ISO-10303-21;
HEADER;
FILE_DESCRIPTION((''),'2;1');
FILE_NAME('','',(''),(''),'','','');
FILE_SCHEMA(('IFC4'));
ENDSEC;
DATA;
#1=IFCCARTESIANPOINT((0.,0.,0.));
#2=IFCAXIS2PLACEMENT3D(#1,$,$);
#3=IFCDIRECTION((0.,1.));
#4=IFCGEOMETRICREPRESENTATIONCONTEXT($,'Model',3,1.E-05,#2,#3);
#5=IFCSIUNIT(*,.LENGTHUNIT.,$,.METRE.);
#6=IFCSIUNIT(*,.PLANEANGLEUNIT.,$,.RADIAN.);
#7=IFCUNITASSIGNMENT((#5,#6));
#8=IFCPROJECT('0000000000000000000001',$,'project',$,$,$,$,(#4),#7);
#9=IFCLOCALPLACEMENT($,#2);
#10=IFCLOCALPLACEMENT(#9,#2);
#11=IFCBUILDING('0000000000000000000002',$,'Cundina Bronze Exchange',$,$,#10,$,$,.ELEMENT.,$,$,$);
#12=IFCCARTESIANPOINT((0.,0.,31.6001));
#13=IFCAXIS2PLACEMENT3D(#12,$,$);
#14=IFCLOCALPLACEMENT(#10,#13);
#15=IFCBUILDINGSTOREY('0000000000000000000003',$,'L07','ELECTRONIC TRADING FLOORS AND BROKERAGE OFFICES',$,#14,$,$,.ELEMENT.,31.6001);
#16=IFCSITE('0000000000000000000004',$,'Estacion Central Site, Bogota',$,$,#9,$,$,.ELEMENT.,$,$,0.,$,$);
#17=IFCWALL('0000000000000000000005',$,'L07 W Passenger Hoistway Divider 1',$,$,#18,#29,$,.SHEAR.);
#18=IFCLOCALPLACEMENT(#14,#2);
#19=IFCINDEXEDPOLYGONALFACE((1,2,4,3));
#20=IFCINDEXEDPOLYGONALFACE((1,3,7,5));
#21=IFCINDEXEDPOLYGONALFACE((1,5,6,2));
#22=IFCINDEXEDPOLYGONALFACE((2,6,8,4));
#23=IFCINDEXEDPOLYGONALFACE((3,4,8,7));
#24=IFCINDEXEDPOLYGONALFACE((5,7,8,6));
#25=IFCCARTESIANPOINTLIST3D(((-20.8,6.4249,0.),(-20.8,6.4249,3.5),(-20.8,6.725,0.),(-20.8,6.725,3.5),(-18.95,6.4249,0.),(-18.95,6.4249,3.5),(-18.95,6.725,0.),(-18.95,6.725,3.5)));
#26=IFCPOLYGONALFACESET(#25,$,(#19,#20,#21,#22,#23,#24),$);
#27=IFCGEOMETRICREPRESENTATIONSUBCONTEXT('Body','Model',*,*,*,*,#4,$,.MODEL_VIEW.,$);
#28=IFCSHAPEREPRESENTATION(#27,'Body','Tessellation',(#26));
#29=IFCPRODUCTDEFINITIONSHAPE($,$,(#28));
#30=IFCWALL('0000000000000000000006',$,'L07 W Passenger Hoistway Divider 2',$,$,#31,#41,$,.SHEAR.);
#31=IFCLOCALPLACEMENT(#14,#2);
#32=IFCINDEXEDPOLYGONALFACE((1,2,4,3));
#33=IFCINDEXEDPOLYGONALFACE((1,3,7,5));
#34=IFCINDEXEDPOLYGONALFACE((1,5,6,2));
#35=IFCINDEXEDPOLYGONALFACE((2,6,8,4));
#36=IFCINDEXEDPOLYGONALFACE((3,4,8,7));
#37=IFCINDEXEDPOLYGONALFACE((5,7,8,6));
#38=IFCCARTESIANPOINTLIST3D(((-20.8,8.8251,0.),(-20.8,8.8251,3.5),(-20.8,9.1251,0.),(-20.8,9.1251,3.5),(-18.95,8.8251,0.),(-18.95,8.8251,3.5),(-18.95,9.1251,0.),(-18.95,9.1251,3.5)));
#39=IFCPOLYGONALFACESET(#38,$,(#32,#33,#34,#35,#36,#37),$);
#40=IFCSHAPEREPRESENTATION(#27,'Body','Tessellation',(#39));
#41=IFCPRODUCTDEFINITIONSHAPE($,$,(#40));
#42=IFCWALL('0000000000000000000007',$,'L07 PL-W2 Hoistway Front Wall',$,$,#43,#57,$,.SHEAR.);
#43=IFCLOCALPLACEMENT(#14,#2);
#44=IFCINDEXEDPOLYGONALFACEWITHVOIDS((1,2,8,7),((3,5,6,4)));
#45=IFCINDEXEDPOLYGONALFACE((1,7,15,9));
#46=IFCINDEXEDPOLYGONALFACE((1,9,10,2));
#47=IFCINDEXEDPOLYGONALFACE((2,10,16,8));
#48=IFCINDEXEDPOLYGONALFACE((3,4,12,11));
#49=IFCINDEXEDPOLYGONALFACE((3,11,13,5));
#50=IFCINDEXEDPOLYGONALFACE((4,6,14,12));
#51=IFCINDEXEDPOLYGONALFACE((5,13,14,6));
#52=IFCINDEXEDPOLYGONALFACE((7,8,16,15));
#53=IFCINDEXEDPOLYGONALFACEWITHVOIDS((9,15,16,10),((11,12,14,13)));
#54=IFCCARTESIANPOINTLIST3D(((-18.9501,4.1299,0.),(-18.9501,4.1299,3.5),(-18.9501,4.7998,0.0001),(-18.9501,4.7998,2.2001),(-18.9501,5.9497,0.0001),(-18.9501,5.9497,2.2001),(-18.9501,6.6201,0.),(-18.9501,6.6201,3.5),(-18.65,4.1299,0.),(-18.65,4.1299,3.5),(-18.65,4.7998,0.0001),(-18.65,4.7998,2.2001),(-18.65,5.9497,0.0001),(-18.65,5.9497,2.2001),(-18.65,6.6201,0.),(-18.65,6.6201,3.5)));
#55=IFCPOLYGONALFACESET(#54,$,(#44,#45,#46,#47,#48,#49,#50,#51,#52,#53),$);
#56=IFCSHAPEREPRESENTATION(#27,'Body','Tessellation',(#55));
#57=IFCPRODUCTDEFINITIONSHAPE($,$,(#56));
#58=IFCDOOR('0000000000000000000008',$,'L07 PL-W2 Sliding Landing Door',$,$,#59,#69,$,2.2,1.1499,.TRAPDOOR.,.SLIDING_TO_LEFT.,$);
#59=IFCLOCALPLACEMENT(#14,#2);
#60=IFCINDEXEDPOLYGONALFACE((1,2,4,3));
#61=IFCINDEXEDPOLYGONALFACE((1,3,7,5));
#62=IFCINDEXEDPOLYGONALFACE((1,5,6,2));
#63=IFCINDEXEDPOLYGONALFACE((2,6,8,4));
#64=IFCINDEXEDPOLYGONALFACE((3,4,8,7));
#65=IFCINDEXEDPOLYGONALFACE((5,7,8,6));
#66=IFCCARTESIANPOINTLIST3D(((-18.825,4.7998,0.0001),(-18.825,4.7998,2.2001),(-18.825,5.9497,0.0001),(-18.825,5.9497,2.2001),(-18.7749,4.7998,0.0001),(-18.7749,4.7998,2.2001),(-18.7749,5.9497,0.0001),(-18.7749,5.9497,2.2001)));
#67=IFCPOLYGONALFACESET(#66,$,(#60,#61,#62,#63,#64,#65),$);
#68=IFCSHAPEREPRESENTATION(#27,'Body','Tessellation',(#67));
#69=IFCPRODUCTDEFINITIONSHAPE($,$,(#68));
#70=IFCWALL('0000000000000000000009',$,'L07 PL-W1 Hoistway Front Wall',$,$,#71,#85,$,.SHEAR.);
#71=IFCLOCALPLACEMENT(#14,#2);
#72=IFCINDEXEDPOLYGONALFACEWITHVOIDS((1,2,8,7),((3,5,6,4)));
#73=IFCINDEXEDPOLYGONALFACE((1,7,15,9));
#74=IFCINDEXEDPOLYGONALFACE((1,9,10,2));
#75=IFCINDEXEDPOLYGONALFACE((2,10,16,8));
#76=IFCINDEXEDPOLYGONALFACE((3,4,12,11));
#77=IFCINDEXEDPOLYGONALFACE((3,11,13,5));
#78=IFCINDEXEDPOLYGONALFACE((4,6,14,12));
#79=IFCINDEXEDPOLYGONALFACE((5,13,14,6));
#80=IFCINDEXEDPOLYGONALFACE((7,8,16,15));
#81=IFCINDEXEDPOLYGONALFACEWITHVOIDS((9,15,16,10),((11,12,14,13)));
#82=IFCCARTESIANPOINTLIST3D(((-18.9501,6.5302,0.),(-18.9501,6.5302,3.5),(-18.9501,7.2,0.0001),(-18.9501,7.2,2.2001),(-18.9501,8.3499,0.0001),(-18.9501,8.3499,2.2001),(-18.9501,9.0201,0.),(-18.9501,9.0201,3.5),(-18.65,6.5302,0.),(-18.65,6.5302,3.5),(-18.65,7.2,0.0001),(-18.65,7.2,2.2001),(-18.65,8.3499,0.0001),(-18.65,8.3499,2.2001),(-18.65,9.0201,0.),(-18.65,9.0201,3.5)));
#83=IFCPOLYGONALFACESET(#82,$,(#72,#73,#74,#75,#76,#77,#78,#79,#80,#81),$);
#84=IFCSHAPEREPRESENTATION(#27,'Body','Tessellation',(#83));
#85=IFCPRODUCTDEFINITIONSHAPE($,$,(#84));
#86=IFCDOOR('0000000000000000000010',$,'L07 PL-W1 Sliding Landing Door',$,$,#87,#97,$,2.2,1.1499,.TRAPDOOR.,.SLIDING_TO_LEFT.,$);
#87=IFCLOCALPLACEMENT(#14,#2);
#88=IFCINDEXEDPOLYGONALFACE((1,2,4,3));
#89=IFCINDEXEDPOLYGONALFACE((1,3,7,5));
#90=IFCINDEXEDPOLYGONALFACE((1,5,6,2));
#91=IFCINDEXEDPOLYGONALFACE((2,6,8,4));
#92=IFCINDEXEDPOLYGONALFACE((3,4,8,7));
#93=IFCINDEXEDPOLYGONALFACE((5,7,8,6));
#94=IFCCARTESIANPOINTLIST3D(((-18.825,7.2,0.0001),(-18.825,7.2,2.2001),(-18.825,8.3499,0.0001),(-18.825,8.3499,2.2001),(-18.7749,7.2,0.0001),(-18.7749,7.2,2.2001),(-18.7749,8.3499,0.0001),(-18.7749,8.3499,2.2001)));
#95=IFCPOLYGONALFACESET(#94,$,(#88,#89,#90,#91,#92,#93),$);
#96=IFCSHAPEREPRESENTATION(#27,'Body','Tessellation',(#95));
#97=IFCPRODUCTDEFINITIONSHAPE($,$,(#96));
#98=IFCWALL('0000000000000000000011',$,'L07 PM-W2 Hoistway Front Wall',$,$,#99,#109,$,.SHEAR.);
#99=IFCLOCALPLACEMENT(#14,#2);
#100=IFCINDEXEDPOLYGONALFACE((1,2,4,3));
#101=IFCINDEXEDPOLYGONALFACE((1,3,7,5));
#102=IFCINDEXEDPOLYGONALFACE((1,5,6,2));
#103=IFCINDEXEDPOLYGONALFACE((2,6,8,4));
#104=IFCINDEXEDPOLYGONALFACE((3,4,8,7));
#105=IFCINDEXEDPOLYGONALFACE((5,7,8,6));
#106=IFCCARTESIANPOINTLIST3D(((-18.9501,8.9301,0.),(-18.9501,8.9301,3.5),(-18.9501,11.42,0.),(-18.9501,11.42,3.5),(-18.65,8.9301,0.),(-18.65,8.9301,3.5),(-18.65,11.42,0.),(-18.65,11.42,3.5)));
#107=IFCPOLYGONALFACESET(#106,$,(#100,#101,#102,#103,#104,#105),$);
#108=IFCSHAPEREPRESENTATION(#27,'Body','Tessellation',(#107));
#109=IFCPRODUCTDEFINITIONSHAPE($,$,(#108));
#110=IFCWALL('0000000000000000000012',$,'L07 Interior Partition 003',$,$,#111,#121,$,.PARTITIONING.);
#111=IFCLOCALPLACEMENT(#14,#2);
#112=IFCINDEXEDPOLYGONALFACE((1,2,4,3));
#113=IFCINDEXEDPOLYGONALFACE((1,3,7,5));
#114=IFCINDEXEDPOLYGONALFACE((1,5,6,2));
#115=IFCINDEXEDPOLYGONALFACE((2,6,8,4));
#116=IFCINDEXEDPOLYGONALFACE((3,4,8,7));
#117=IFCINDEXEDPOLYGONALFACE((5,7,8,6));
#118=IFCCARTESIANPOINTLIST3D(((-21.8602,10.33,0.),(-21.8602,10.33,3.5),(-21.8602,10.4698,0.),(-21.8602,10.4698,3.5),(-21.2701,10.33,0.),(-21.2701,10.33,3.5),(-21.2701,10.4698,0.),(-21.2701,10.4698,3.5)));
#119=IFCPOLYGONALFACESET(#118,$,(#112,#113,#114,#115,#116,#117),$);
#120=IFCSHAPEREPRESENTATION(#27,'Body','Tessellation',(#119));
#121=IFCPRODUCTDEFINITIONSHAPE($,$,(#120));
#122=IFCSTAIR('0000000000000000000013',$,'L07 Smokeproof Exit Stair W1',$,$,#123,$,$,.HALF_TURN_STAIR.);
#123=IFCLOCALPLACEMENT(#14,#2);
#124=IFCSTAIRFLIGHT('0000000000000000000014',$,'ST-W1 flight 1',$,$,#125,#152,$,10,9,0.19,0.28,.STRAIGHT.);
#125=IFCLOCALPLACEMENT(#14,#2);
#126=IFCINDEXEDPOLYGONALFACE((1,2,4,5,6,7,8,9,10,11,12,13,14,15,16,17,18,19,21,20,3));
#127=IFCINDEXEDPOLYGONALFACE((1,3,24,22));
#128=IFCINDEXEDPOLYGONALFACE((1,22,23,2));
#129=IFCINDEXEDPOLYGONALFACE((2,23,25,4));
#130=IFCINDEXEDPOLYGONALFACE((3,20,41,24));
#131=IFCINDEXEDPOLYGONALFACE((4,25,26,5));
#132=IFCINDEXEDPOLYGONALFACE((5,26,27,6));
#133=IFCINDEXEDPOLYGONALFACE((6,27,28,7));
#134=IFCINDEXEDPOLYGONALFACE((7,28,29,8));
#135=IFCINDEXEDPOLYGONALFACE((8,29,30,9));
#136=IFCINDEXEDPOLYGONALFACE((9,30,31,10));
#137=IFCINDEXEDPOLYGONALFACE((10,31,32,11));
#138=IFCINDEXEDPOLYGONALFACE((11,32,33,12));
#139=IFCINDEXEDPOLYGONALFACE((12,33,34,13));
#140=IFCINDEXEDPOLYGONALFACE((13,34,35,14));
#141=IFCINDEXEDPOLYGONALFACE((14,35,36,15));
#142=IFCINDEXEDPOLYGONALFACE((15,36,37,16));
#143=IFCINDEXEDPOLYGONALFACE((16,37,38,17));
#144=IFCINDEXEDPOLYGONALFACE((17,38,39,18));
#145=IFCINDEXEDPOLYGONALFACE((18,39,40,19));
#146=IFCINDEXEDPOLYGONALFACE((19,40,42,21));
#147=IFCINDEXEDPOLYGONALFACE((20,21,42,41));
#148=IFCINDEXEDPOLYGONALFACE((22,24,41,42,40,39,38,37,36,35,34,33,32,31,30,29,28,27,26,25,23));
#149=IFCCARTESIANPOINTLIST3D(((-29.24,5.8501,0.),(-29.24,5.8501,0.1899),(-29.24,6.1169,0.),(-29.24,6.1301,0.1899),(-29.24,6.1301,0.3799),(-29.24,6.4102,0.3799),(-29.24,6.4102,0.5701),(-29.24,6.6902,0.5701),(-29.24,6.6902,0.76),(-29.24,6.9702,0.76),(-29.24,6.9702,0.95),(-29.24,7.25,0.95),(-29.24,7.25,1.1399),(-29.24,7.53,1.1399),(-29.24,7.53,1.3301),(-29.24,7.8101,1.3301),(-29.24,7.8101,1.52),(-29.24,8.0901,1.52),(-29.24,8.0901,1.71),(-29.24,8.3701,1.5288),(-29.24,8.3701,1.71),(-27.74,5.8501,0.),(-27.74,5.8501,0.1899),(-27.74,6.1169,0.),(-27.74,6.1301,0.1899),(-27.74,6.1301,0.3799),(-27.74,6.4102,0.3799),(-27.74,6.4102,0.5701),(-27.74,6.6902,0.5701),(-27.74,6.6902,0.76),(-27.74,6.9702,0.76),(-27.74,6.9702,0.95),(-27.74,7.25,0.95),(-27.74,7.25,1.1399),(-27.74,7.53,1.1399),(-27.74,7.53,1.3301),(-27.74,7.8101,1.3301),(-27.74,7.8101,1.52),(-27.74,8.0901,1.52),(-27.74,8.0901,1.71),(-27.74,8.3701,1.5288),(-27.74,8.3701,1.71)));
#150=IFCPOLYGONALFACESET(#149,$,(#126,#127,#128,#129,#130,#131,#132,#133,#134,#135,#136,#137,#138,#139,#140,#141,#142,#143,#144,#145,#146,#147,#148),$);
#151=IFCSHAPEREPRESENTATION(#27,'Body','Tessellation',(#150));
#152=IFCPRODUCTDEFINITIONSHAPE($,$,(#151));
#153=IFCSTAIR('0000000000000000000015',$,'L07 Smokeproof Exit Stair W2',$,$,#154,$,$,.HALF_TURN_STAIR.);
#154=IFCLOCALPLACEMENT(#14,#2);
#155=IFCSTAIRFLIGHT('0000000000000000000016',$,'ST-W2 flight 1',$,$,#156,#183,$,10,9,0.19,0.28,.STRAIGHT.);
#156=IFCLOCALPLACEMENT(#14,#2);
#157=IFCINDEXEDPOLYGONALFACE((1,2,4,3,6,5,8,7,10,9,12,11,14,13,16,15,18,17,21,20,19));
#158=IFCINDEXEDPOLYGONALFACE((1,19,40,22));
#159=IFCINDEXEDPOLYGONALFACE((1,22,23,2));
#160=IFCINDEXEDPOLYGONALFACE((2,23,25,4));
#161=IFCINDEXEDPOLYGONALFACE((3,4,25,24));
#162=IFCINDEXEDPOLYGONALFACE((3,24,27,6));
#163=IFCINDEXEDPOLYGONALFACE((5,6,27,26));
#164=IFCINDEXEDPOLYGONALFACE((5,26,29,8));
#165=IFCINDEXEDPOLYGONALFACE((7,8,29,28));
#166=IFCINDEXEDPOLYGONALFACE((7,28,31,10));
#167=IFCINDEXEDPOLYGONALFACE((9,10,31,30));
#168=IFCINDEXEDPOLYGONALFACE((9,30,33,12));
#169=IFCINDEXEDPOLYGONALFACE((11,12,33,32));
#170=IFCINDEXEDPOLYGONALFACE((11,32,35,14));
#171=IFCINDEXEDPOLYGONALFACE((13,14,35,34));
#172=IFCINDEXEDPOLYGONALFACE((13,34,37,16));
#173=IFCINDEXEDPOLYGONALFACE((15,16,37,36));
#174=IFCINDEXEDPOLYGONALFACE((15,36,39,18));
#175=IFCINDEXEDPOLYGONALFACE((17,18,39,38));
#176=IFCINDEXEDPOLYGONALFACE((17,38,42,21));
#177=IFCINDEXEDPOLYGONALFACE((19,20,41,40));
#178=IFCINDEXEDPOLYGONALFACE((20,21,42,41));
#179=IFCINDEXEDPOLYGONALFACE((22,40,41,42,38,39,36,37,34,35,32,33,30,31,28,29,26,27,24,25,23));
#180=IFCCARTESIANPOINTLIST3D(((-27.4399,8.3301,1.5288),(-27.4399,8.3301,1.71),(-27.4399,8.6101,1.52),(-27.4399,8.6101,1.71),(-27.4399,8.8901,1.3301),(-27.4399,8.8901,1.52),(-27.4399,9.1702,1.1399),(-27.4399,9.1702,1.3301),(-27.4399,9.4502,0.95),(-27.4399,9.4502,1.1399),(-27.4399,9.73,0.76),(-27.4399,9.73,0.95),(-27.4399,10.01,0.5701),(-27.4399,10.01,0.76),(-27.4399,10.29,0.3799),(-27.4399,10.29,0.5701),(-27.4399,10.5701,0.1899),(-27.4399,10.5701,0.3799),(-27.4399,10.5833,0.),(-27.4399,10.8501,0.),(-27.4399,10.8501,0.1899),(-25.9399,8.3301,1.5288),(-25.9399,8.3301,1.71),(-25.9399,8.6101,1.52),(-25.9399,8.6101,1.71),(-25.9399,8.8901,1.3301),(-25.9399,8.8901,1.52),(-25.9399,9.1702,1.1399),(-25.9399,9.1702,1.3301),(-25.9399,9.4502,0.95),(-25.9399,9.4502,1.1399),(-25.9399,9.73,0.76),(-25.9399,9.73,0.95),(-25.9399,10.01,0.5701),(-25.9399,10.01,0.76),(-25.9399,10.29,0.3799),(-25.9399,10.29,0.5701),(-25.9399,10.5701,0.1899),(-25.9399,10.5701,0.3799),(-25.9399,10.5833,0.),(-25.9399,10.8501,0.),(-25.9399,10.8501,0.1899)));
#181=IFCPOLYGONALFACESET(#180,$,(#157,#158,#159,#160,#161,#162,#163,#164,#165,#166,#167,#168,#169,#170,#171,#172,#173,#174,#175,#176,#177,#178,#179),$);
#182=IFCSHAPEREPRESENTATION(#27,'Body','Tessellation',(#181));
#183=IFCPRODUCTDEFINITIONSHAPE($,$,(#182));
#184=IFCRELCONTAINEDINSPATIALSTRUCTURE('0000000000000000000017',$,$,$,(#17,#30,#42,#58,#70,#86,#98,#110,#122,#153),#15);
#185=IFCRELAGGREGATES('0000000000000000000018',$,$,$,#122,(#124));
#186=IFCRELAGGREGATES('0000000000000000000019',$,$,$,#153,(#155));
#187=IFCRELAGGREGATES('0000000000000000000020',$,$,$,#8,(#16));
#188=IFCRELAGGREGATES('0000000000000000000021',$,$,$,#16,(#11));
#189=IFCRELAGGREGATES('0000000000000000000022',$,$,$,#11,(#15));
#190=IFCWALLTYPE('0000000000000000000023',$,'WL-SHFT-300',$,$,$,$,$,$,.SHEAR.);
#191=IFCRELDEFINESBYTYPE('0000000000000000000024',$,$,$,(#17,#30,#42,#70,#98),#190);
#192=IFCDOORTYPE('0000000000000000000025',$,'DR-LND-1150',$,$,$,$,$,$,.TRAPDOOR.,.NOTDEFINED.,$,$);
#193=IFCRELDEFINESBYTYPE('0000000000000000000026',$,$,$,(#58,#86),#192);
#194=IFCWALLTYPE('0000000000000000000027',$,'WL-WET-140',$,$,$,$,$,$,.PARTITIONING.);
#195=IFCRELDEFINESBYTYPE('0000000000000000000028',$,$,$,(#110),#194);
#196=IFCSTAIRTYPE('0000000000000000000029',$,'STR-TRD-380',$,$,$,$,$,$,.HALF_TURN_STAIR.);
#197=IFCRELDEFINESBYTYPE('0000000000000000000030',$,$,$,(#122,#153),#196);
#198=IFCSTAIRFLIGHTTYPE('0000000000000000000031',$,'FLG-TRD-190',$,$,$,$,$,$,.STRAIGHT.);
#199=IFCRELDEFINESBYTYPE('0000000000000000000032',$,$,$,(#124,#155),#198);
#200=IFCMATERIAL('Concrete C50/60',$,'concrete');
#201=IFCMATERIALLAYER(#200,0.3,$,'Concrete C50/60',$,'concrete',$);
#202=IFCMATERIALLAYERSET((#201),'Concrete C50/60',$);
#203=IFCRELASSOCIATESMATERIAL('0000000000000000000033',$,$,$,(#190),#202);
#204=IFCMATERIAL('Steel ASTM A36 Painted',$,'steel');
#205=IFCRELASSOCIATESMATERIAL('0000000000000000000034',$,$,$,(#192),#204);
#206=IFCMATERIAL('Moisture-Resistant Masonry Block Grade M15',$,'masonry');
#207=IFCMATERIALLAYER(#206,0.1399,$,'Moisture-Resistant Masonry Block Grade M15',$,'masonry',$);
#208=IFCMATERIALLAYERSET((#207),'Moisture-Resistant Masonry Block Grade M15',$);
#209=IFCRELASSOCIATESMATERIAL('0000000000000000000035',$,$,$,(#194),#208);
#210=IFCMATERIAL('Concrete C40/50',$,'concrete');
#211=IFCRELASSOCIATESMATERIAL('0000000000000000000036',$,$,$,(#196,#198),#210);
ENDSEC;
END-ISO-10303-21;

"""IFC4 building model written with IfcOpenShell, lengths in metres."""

from ifc_helpers import new_model, si_unit, direction, frame, frame_2d, origin, place, context, subcontext, project, spatial, polyline, rectangle, outline, extrude, material, layer, layer_set, type_object, element, fill, aggregate, save


model = new_model("IFC4")

# Units and contexts
model_context = context("Model", 3, precision=1e-05, world=origin(), true_north=direction((0.0, 1.0)))
body_context = subcontext(model_context, "Body", "Model", "MODEL_VIEW")
ifc_project = project(units=[si_unit("LENGTHUNIT", "METRE"), si_unit("PLANEANGLEUNIT", "RADIAN")], contexts=[model_context])

# Site, building, storey
site_placement = place(None, origin())
site = spatial("IfcSite", under=ifc_project, at=site_placement, Name="Estacion Central Site, Bogota", CompositionType="ELEMENT", RefElevation=0.0)
building_placement = place(site_placement, origin())
building = spatial("IfcBuilding", under=site, at=building_placement, Name="Cundina Bronze Exchange", CompositionType="ELEMENT")
storey_placement = place(building_placement, frame((0.0, 0.0, 31.6001)))
storey = spatial("IfcBuildingStorey", under=building, at=storey_placement, Name="L07", Description="ELECTRONIC TRADING FLOORS AND BROKERAGE OFFICES", CompositionType="ELEMENT", Elevation=31.6001)

# Shared definitions
ifc_material_1 = material(Name="Concrete C50/60", Category="concrete")
ifc_layer_1 = layer(ifc_material_1, 0.3, Name="Concrete C50/60", Category="concrete")
ifc_layer_set_1 = layer_set([ifc_layer_1], Name="Concrete C50/60")
wall_type_1 = type_object("IfcWallType", Name="WL-SHFT-300", PredefinedType="SHEAR", material=ifc_layer_set_1)

# Shared definitions
ifc_material_2 = material(Name="Steel ASTM A36 Painted", Category="steel")
door_type = type_object("IfcDoorType", Name="DR-LND-1150", OperationType="NOTDEFINED", PredefinedType="TRAPDOOR", material=ifc_material_2)

# Walls
for number, where, z_axis, x_axis, name in (
    (1, (-20.8, 6.575, 0.0), (0.0, 0.0, 1.0), (1.0, 0.0, 0.0), "L07 W Passenger Hoistway Divider 1"),
    (2, (-20.8, 8.9751, 0.0), (0.0, 0.0, 1.0), (1.0, 0.0, 0.0), "L07 W Passenger Hoistway Divider 2"),
):
    element("IfcWall", number, at=place(storey_placement, frame(where, z_axis=z_axis, x_axis=x_axis)), inside=storey, type_object=wall_type_1, Name=name, PredefinedType="SHEAR", context=body_context, shape_type="SweptSolid", body=[
        extrude(rectangle(XDim=1.8501, YDim=0.3, at=frame_2d((0.925, 0.0))), origin(), (0.0, 0.0, 1.0), 3.5),
    ])

# Walls, openings, doors
wall_1_placement = place(storey_placement, frame((-18.8, 4.1299, 0.0), z_axis=(0.0, 0.0, 1.0), x_axis=(0.0, 1.0, 0.0)))
wall_1 = element("IfcWall", 3, at=wall_1_placement, inside=storey, type_object=wall_type_1, Name="L07 PL-W2 Hoistway Front Wall", PredefinedType="SHEAR", context=body_context, shape_type="SweptSolid", body=[
    extrude(rectangle(XDim=2.4902, YDim=0.3, at=frame_2d((1.2451, 0.0))), origin(), (0.0, 0.0, 1.0), 3.5),
])
opening_1_placement = place(wall_1_placement, frame((0.6699, 0.0, 0.0)))
opening_1 = element("IfcOpeningElement", 4, at=opening_1_placement, cuts=wall_1, PredefinedType="OPENING", context=body_context, shape_type="SweptSolid", body=[
    extrude(rectangle(XDim=1.1499, YDim=2.2, at=frame_2d((0.575, 1.1001))), frame((0.0, 0.1599, 0.0), z_axis=(0.0, -1.0, 0.0), x_axis=(1.0, 0.0, 0.0)), (0.0, 0.0, 1.0), 0.3201),
])
door_1_placement = place(opening_1_placement, origin())
door_1 = element("IfcDoor", 5, at=door_1_placement, inside=storey, type_object=door_type, Name="L07 PL-W2 Sliding Landing Door", OperationType="SLIDING_TO_LEFT", OverallHeight=2.2, OverallWidth=1.1499, PredefinedType="TRAPDOOR", context=body_context, shape_type="SweptSolid", body=[
    extrude(rectangle(XDim=1.1499, YDim=2.2, at=frame_2d((0.575, 1.1001))), frame((0.0, 0.0249, 0.0), z_axis=(0.0, -1.0, 0.0), x_axis=(1.0, 0.0, 0.0)), (0.0, 0.0, 1.0), 0.05),
])
fill(opening_1, door_1)
wall_2_placement = place(storey_placement, frame((-18.8, 6.53, 0.0), z_axis=(0.0, 0.0, 1.0), x_axis=(0.0, 1.0, 0.0)))
wall_2 = element("IfcWall", 6, at=wall_2_placement, inside=storey, type_object=wall_type_1, Name="L07 PL-W1 Hoistway Front Wall", PredefinedType="SHEAR", context=body_context, shape_type="SweptSolid", body=[
    extrude(rectangle(XDim=2.49, YDim=0.3, at=frame_2d((1.2451, 0.0))), origin(), (0.0, 0.0, 1.0), 3.5),
])
opening_2_placement = place(wall_2_placement, frame((0.6699, 0.0, 0.0)))
opening_2 = element("IfcOpeningElement", 7, at=opening_2_placement, cuts=wall_2, PredefinedType="OPENING", context=body_context, shape_type="SweptSolid", body=[
    extrude(rectangle(XDim=1.1499, YDim=2.2, at=frame_2d((0.575, 1.1001))), frame((0.0, 0.1599, 0.0), z_axis=(0.0, -1.0, 0.0), x_axis=(1.0, 0.0, 0.0)), (0.0, 0.0, 1.0), 0.3201),
])
door_2_placement = place(opening_2_placement, origin())
door_2 = element("IfcDoor", 8, at=door_2_placement, inside=storey, type_object=door_type, Name="L07 PL-W1 Sliding Landing Door", OperationType="SLIDING_TO_LEFT", OverallHeight=2.2, OverallWidth=1.1499, PredefinedType="TRAPDOOR", context=body_context, shape_type="SweptSolid", body=[
    extrude(rectangle(XDim=1.1499, YDim=2.2, at=frame_2d((0.575, 1.1001))), frame((0.0, 0.0249, 0.0), z_axis=(0.0, -1.0, 0.0), x_axis=(1.0, 0.0, 0.0)), (0.0, 0.0, 1.0), 0.05),
])
fill(opening_2, door_2)

# Walls
wall_3_placement = place(storey_placement, frame((-18.8, 8.9299, 0.0), z_axis=(0.0, 0.0, 1.0), x_axis=(0.0, 1.0, 0.0)))
element("IfcWall", 9, at=wall_3_placement, inside=storey, type_object=wall_type_1, Name="L07 PM-W2 Hoistway Front Wall", PredefinedType="SHEAR", context=body_context, shape_type="SweptSolid", body=[
    extrude(rectangle(XDim=2.49, YDim=0.3, at=frame_2d((1.2451, 0.0))), origin(), (0.0, 0.0, 1.0), 3.5),
])
ifc_material_3 = material(Name="Moisture-Resistant Masonry Block Grade M15", Category="masonry")
ifc_layer_2 = layer(ifc_material_3, 0.1399, Name="Moisture-Resistant Masonry Block Grade M15", Category="masonry")
ifc_layer_set_2 = layer_set([ifc_layer_2], Name="Moisture-Resistant Masonry Block Grade M15")
wall_type_2 = type_object("IfcWallType", Name="WL-WET-140", PredefinedType="PARTITIONING", material=ifc_layer_set_2)
wall_4_placement = place(storey_placement, frame((-21.8601, 10.3999, 0.0), z_axis=(0.0, 0.0, 1.0), x_axis=(1.0, 0.0, 0.0)))
element("IfcWall", 10, at=wall_4_placement, inside=storey, type_object=wall_type_2, Name="L07 Interior Partition 003", PredefinedType="PARTITIONING", context=body_context, shape_type="SweptSolid", body=[
    extrude(rectangle(XDim=0.5901, YDim=0.1399, at=frame_2d((0.2949, 0.0))), origin(), (0.0, 0.0, 1.0), 3.5),
])

# Stair, stair flight
ifc_material_4 = material(Name="Concrete C40/50", Category="concrete")
stair_type = type_object("IfcStairType", Name="STR-TRD-380", PredefinedType="HALF_TURN_STAIR", material=ifc_material_4)
stair_1_placement = place(storey_placement, origin())
stair_1 = element("IfcStair", 11, at=stair_1_placement, inside=storey, type_object=stair_type, Name="L07 Smokeproof Exit Stair W1", PredefinedType="HALF_TURN_STAIR")
stair_flight_type = type_object("IfcStairFlightType", Name="FLG-TRD-190", PredefinedType="STRAIGHT", material=ifc_material_4)
stair_flight_1_placement = place(storey_placement, frame((-28.49, 5.8501, 0.0), z_axis=(0.0, 0.0, 1.0), x_axis=(0.0, 1.0, 0.0)))
stair_flight_1 = element("IfcStairFlight", 12, at=stair_flight_1_placement, type_object=stair_flight_type, Name="ST-W1 flight 1", NumberOfRisers=10, NumberOfTreads=9, PredefinedType="STRAIGHT", RiserHeight=0.19, TreadLength=0.28, context=body_context, shape_type="SweptSolid", body=[
    extrude(outline(polyline([(0.0, 0.0), (0.0, 0.1899), (0.28, 0.1899), (0.28, 0.3799), (0.5601, 0.3799), (0.5601, 0.5701), (0.8401, 0.5701), (0.8401, 0.76), (1.1201, 0.76), (1.1201, 0.95), (1.3999, 0.95), (1.3999, 1.1399), (1.6799, 1.1399), (1.6799, 1.3301), (1.96, 1.3301), (1.96, 1.52), (2.24, 1.52), (2.24, 1.71), (2.52, 1.71), (2.52, 1.8999), (2.52, 1.5288), (0.2668, 0.0), (0.0, 0.0)])), frame((0.0, 0.75, 0.0), z_axis=(0.0, -1.0, 0.0), x_axis=(1.0, 0.0, 0.0)), (0.0, 0.0, 1.0), 1.5),
])
aggregate(stair_1, [stair_flight_1])

# Stair, stair flight
stair_2_placement = place(storey_placement, origin())
stair_2 = element("IfcStair", 13, at=stair_2_placement, inside=storey, type_object=stair_type, Name="L07 Smokeproof Exit Stair W2", PredefinedType="HALF_TURN_STAIR")
stair_flight_2_placement = place(storey_placement, frame((-26.6899, 10.8501, 0.0), z_axis=(0.0, 0.0, 1.0), x_axis=(0.0, -1.0, 0.0)))
stair_flight_2 = element("IfcStairFlight", 14, at=stair_flight_2_placement, type_object=stair_flight_type, Name="ST-W2 flight 1", NumberOfRisers=10, NumberOfTreads=9, PredefinedType="STRAIGHT", RiserHeight=0.19, TreadLength=0.28, context=body_context, shape_type="SweptSolid", body=[
    extrude(outline(polyline([(0.0, 0.0), (0.0, 0.1899), (0.28, 0.1899), (0.28, 0.3799), (0.5601, 0.3799), (0.5601, 0.5701), (0.8401, 0.5701), (0.8401, 0.76), (1.1201, 0.76), (1.1201, 0.95), (1.3999, 0.95), (1.3999, 1.1399), (1.6799, 1.1399), (1.6799, 1.3301), (1.96, 1.3301), (1.96, 1.52), (2.24, 1.52), (2.24, 1.71), (2.52, 1.71), (2.52, 1.8999), (2.52, 1.5288), (0.2668, 0.0), (0.0, 0.0)])), frame((0.0, 0.75, 0.0), z_axis=(0.0, -1.0, 0.0), x_axis=(1.0, 0.0, 0.0)), (0.0, 0.0, 1.0), 1.5),
])
aggregate(stair_2, [stair_flight_2])

save(model, "model.ifc")
